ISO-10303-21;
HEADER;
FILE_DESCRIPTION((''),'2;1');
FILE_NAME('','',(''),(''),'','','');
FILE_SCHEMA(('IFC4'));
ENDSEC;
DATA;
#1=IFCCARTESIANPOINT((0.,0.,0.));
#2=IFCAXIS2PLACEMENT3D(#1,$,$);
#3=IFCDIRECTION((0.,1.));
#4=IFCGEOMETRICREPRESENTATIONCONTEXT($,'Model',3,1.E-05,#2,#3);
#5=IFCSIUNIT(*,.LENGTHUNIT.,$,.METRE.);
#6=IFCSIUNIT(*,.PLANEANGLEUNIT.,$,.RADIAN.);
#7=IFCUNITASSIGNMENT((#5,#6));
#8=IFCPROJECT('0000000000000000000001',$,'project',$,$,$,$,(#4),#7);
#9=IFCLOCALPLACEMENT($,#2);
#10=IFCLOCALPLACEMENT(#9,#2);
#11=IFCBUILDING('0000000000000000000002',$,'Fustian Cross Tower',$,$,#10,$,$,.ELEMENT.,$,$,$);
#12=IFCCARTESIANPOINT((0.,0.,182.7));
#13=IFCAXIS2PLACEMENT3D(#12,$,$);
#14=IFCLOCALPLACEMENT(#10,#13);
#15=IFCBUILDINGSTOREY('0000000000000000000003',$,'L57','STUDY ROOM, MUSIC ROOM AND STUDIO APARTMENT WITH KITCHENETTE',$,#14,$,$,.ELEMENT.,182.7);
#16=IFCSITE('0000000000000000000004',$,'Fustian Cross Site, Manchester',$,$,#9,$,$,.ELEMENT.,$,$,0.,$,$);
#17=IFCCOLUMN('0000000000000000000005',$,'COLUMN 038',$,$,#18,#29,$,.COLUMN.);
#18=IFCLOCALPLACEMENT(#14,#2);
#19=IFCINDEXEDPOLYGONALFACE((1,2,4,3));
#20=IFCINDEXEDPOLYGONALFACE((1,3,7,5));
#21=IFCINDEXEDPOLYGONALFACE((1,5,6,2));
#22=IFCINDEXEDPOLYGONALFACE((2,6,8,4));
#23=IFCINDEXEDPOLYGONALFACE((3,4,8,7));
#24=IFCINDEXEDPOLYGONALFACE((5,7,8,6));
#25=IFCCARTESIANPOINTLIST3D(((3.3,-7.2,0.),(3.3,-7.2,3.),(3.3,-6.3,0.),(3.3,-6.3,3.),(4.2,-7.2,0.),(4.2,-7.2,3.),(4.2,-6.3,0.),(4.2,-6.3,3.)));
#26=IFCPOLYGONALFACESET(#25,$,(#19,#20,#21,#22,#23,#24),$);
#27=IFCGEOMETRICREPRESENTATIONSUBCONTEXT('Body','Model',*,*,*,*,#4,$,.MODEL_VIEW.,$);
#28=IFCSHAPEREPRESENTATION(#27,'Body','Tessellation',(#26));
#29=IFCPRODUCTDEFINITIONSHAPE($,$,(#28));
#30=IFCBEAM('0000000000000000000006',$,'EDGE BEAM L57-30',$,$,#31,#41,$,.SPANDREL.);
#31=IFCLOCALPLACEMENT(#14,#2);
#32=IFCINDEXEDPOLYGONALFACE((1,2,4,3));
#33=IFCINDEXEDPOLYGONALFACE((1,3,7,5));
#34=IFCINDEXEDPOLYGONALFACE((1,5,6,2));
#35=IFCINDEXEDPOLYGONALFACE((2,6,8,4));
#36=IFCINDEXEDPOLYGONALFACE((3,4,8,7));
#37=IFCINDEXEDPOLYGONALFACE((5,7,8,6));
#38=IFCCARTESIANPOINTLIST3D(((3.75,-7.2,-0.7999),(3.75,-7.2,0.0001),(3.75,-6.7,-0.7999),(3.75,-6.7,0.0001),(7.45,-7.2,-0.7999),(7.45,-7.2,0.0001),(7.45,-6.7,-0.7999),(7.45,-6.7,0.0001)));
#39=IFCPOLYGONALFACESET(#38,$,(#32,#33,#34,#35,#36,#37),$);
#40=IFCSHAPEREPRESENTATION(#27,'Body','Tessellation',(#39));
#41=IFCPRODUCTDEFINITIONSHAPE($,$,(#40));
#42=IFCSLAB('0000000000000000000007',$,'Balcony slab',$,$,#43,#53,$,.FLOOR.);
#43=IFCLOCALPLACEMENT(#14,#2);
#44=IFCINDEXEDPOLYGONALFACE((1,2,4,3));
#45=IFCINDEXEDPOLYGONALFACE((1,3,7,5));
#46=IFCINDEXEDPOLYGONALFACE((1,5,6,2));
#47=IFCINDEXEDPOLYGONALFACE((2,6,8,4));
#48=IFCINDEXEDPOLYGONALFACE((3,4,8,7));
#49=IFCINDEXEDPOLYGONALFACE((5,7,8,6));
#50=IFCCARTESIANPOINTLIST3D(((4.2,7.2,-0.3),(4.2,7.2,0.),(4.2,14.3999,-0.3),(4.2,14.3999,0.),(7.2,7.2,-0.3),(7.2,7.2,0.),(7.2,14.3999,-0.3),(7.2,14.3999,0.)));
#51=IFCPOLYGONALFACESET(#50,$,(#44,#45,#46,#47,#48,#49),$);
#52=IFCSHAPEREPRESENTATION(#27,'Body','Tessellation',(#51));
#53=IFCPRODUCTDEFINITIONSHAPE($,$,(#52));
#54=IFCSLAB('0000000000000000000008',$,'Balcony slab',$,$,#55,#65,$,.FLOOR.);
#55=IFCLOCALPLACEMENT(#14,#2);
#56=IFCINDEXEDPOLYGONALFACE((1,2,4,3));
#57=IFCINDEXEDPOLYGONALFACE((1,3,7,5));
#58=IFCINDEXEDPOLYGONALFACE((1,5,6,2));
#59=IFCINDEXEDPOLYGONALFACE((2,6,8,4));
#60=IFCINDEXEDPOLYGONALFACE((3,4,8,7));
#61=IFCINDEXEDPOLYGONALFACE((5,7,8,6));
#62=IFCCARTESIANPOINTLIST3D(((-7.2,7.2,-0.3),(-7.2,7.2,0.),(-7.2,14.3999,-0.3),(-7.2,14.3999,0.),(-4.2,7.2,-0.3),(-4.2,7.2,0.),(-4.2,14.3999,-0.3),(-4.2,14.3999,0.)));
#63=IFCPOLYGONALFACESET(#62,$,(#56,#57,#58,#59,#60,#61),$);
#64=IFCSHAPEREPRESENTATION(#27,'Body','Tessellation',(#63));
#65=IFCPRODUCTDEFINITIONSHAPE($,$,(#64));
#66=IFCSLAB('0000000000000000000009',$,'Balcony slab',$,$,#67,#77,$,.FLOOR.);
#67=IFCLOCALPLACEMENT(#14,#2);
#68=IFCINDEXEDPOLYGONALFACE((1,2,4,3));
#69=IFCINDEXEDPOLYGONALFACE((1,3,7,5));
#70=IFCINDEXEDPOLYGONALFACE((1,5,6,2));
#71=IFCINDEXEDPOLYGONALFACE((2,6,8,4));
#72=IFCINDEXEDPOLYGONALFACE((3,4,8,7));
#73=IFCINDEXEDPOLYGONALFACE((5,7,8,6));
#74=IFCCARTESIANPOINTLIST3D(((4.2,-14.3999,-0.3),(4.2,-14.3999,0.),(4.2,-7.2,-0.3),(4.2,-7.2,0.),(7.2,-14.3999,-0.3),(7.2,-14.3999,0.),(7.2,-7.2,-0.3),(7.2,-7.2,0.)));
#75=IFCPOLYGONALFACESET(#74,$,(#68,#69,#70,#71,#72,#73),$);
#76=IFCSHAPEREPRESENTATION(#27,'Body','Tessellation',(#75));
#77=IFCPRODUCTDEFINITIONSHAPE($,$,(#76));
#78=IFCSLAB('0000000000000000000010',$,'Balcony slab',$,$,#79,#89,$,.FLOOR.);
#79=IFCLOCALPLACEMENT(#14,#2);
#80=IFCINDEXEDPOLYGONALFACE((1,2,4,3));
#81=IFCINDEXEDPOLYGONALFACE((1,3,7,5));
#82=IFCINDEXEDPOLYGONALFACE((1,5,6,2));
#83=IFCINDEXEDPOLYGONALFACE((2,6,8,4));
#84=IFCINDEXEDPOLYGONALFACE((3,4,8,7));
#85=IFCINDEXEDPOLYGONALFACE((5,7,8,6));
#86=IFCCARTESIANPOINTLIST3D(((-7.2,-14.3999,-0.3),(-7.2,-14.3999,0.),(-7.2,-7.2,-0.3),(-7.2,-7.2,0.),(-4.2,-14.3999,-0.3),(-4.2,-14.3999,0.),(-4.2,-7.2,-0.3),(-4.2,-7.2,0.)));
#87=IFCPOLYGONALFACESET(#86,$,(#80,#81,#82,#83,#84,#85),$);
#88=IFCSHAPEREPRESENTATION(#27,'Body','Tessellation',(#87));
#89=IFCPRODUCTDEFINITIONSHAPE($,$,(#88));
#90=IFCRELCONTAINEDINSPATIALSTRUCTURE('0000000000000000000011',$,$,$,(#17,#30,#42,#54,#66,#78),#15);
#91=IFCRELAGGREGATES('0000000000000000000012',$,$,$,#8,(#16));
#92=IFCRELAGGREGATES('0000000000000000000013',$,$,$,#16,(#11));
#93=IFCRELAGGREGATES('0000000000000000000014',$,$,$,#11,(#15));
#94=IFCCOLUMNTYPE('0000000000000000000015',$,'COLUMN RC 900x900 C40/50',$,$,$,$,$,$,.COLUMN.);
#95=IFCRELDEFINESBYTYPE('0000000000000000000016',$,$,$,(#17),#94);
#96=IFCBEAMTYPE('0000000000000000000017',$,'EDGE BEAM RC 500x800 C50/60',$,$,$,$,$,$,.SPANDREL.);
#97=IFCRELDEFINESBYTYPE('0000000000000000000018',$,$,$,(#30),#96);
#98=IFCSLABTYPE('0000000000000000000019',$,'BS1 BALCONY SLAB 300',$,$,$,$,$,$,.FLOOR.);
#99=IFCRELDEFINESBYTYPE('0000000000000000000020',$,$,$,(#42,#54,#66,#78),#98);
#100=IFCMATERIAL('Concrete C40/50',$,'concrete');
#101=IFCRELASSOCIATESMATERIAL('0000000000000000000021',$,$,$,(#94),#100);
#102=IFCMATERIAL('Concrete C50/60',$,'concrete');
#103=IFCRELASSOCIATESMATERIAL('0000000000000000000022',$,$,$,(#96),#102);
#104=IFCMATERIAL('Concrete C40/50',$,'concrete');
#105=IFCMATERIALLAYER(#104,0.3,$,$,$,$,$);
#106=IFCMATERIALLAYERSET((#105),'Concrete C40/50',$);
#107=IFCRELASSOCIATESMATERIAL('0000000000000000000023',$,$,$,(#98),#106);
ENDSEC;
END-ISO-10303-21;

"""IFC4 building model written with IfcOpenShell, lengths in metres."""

from ifc_helpers import new_model, si_unit, direction, frame, origin, origin_2d, place, context, subcontext, project, spatial, polyline, rectangle, outline, extrude, material, layer, layer_set, material_profile, profile_set, type_object, element, save


model = new_model("IFC4")

# Units and contexts
model_context = context("Model", 3, precision=1e-05, world=origin(), true_north=direction((0.0, 1.0)))
body_context = subcontext(model_context, "Body", "Model", "MODEL_VIEW")
ifc_project = project(units=[si_unit("LENGTHUNIT", "METRE"), si_unit("PLANEANGLEUNIT", "RADIAN")], contexts=[model_context])

# Site, building, storey
site_placement = place(None, origin())
site = spatial("IfcSite", under=ifc_project, at=site_placement, Name="Fustian Cross Site, Manchester", CompositionType="ELEMENT", RefElevation=0.0)
building_placement = place(site_placement, origin())
building = spatial("IfcBuilding", under=site, at=building_placement, Name="Fustian Cross Tower", CompositionType="ELEMENT")
storey_placement = place(building_placement, frame((0.0, 0.0, 182.7)))
storey = spatial("IfcBuildingStorey", under=building, at=storey_placement, Name="L57", Description="STUDY ROOM, MUSIC ROOM AND STUDIO APARTMENT WITH KITCHENETTE", CompositionType="ELEMENT", Elevation=182.7)

# Column
ifc_material_1 = material(Name="Concrete C40/50", Category="concrete")
ifc_material_profile_1 = material_profile(ifc_material_1, rectangle(XDim=0.8999, YDim=0.8999, at=origin_2d()), Name="RC 900x900")
ifc_profile_set_1 = profile_set([ifc_material_profile_1], Name="Concrete C40/50")
column_type = type_object("IfcColumnType", Name="COLUMN RC 900x900 C40/50", PredefinedType="COLUMN", material=ifc_profile_set_1)
column_placement = place(storey_placement, frame((3.75, -6.75, 0.0), z_axis=(0.0, 0.0, 1.0), x_axis=(1.0, 0.0, 0.0)))
element("IfcColumn", 1, at=column_placement, inside=storey, type_object=column_type, Name="COLUMN 038", PredefinedType="COLUMN", context=body_context, shape_type="SweptSolid", body=[
    extrude(rectangle(XDim=0.8999, YDim=0.8999, at=origin_2d()), origin(), (0.0, 0.0, 1.0), 3.0),
])

# Beam
ifc_material_2 = material(Name="Concrete C50/60", Category="concrete")
ifc_material_profile_2 = material_profile(ifc_material_2, rectangle(XDim=0.5, YDim=0.8, at=origin_2d()), Name="RC 500x800")
ifc_profile_set_2 = profile_set([ifc_material_profile_2], Name="Concrete C50/60")
beam_type = type_object("IfcBeamType", Name="EDGE BEAM RC 500x800 C50/60", PredefinedType="SPANDREL", material=ifc_profile_set_2)
beam_placement = place(storey_placement, frame((3.75, -6.95, -0.3999), z_axis=(1.0, 0.0, 0.0), x_axis=(0.0, 1.0, 0.0)))
element("IfcBeam", 2, at=beam_placement, inside=storey, type_object=beam_type, Name="EDGE BEAM L57-30", PredefinedType="SPANDREL", context=body_context, shape_type="SweptSolid", body=[
    extrude(rectangle(XDim=0.5, YDim=0.8, at=origin_2d()), origin(), (0.0, 0.0, 1.0), 3.7),
])

# Slabs
ifc_material_3 = material(Name="Concrete C40/50", Category="concrete")
ifc_layer_1 = layer(ifc_material_3, 0.3)
ifc_layer_set_1 = layer_set([ifc_layer_1], Name="Concrete C40/50")
slab_type_1 = type_object("IfcSlabType", Name="BS1 BALCONY SLAB 300", PredefinedType="FLOOR", material=ifc_layer_set_1)
slab_1_placement = place(storey_placement, frame((0.0, 0.0, -0.3)))
element("IfcSlab", 3, at=slab_1_placement, inside=storey, type_object=slab_type_1, Name="Balcony slab", PredefinedType="FLOOR", context=body_context, shape_type="SweptSolid", body=[
    extrude(outline(polyline([(4.2, 7.2), (7.2, 7.2), (7.2, 14.3999), (4.2, 14.3999), (4.2, 7.2)])), origin(), (0.0, 0.0, 1.0), 0.3),
])
slab_2_placement = place(storey_placement, frame((0.0, 0.0, -0.3)))
element("IfcSlab", 4, at=slab_2_placement, inside=storey, type_object=slab_type_1, Name="Balcony slab", PredefinedType="FLOOR", context=body_context, shape_type="SweptSolid", body=[
    extrude(outline(polyline([(-7.2, 7.2), (-4.2, 7.2), (-4.2, 14.3999), (-7.2, 14.3999), (-7.2, 7.2)])), origin(), (0.0, 0.0, 1.0), 0.3),
])
slab_3_placement = place(storey_placement, frame((0.0, 0.0, -0.3)))
element("IfcSlab", 5, at=slab_3_placement, inside=storey, type_object=slab_type_1, Name="Balcony slab", PredefinedType="FLOOR", context=body_context, shape_type="SweptSolid", body=[
    extrude(outline(polyline([(4.2, -14.3999), (7.2, -14.3999), (7.2, -7.2), (4.2, -7.2), (4.2, -14.3999)])), origin(), (0.0, 0.0, 1.0), 0.3),
])
slab_4_placement = place(storey_placement, frame((0.0, 0.0, -0.3)))
element("IfcSlab", 6, at=slab_4_placement, inside=storey, type_object=slab_type_1, Name="Balcony slab", PredefinedType="FLOOR", context=body_context, shape_type="SweptSolid", body=[
    extrude(outline(polyline([(-7.2, -14.3999), (-4.2, -14.3999), (-4.2, -7.2), (-7.2, -7.2), (-7.2, -14.3999)])), origin(), (0.0, 0.0, 1.0), 0.3),
])

save(model, "model.ifc")
